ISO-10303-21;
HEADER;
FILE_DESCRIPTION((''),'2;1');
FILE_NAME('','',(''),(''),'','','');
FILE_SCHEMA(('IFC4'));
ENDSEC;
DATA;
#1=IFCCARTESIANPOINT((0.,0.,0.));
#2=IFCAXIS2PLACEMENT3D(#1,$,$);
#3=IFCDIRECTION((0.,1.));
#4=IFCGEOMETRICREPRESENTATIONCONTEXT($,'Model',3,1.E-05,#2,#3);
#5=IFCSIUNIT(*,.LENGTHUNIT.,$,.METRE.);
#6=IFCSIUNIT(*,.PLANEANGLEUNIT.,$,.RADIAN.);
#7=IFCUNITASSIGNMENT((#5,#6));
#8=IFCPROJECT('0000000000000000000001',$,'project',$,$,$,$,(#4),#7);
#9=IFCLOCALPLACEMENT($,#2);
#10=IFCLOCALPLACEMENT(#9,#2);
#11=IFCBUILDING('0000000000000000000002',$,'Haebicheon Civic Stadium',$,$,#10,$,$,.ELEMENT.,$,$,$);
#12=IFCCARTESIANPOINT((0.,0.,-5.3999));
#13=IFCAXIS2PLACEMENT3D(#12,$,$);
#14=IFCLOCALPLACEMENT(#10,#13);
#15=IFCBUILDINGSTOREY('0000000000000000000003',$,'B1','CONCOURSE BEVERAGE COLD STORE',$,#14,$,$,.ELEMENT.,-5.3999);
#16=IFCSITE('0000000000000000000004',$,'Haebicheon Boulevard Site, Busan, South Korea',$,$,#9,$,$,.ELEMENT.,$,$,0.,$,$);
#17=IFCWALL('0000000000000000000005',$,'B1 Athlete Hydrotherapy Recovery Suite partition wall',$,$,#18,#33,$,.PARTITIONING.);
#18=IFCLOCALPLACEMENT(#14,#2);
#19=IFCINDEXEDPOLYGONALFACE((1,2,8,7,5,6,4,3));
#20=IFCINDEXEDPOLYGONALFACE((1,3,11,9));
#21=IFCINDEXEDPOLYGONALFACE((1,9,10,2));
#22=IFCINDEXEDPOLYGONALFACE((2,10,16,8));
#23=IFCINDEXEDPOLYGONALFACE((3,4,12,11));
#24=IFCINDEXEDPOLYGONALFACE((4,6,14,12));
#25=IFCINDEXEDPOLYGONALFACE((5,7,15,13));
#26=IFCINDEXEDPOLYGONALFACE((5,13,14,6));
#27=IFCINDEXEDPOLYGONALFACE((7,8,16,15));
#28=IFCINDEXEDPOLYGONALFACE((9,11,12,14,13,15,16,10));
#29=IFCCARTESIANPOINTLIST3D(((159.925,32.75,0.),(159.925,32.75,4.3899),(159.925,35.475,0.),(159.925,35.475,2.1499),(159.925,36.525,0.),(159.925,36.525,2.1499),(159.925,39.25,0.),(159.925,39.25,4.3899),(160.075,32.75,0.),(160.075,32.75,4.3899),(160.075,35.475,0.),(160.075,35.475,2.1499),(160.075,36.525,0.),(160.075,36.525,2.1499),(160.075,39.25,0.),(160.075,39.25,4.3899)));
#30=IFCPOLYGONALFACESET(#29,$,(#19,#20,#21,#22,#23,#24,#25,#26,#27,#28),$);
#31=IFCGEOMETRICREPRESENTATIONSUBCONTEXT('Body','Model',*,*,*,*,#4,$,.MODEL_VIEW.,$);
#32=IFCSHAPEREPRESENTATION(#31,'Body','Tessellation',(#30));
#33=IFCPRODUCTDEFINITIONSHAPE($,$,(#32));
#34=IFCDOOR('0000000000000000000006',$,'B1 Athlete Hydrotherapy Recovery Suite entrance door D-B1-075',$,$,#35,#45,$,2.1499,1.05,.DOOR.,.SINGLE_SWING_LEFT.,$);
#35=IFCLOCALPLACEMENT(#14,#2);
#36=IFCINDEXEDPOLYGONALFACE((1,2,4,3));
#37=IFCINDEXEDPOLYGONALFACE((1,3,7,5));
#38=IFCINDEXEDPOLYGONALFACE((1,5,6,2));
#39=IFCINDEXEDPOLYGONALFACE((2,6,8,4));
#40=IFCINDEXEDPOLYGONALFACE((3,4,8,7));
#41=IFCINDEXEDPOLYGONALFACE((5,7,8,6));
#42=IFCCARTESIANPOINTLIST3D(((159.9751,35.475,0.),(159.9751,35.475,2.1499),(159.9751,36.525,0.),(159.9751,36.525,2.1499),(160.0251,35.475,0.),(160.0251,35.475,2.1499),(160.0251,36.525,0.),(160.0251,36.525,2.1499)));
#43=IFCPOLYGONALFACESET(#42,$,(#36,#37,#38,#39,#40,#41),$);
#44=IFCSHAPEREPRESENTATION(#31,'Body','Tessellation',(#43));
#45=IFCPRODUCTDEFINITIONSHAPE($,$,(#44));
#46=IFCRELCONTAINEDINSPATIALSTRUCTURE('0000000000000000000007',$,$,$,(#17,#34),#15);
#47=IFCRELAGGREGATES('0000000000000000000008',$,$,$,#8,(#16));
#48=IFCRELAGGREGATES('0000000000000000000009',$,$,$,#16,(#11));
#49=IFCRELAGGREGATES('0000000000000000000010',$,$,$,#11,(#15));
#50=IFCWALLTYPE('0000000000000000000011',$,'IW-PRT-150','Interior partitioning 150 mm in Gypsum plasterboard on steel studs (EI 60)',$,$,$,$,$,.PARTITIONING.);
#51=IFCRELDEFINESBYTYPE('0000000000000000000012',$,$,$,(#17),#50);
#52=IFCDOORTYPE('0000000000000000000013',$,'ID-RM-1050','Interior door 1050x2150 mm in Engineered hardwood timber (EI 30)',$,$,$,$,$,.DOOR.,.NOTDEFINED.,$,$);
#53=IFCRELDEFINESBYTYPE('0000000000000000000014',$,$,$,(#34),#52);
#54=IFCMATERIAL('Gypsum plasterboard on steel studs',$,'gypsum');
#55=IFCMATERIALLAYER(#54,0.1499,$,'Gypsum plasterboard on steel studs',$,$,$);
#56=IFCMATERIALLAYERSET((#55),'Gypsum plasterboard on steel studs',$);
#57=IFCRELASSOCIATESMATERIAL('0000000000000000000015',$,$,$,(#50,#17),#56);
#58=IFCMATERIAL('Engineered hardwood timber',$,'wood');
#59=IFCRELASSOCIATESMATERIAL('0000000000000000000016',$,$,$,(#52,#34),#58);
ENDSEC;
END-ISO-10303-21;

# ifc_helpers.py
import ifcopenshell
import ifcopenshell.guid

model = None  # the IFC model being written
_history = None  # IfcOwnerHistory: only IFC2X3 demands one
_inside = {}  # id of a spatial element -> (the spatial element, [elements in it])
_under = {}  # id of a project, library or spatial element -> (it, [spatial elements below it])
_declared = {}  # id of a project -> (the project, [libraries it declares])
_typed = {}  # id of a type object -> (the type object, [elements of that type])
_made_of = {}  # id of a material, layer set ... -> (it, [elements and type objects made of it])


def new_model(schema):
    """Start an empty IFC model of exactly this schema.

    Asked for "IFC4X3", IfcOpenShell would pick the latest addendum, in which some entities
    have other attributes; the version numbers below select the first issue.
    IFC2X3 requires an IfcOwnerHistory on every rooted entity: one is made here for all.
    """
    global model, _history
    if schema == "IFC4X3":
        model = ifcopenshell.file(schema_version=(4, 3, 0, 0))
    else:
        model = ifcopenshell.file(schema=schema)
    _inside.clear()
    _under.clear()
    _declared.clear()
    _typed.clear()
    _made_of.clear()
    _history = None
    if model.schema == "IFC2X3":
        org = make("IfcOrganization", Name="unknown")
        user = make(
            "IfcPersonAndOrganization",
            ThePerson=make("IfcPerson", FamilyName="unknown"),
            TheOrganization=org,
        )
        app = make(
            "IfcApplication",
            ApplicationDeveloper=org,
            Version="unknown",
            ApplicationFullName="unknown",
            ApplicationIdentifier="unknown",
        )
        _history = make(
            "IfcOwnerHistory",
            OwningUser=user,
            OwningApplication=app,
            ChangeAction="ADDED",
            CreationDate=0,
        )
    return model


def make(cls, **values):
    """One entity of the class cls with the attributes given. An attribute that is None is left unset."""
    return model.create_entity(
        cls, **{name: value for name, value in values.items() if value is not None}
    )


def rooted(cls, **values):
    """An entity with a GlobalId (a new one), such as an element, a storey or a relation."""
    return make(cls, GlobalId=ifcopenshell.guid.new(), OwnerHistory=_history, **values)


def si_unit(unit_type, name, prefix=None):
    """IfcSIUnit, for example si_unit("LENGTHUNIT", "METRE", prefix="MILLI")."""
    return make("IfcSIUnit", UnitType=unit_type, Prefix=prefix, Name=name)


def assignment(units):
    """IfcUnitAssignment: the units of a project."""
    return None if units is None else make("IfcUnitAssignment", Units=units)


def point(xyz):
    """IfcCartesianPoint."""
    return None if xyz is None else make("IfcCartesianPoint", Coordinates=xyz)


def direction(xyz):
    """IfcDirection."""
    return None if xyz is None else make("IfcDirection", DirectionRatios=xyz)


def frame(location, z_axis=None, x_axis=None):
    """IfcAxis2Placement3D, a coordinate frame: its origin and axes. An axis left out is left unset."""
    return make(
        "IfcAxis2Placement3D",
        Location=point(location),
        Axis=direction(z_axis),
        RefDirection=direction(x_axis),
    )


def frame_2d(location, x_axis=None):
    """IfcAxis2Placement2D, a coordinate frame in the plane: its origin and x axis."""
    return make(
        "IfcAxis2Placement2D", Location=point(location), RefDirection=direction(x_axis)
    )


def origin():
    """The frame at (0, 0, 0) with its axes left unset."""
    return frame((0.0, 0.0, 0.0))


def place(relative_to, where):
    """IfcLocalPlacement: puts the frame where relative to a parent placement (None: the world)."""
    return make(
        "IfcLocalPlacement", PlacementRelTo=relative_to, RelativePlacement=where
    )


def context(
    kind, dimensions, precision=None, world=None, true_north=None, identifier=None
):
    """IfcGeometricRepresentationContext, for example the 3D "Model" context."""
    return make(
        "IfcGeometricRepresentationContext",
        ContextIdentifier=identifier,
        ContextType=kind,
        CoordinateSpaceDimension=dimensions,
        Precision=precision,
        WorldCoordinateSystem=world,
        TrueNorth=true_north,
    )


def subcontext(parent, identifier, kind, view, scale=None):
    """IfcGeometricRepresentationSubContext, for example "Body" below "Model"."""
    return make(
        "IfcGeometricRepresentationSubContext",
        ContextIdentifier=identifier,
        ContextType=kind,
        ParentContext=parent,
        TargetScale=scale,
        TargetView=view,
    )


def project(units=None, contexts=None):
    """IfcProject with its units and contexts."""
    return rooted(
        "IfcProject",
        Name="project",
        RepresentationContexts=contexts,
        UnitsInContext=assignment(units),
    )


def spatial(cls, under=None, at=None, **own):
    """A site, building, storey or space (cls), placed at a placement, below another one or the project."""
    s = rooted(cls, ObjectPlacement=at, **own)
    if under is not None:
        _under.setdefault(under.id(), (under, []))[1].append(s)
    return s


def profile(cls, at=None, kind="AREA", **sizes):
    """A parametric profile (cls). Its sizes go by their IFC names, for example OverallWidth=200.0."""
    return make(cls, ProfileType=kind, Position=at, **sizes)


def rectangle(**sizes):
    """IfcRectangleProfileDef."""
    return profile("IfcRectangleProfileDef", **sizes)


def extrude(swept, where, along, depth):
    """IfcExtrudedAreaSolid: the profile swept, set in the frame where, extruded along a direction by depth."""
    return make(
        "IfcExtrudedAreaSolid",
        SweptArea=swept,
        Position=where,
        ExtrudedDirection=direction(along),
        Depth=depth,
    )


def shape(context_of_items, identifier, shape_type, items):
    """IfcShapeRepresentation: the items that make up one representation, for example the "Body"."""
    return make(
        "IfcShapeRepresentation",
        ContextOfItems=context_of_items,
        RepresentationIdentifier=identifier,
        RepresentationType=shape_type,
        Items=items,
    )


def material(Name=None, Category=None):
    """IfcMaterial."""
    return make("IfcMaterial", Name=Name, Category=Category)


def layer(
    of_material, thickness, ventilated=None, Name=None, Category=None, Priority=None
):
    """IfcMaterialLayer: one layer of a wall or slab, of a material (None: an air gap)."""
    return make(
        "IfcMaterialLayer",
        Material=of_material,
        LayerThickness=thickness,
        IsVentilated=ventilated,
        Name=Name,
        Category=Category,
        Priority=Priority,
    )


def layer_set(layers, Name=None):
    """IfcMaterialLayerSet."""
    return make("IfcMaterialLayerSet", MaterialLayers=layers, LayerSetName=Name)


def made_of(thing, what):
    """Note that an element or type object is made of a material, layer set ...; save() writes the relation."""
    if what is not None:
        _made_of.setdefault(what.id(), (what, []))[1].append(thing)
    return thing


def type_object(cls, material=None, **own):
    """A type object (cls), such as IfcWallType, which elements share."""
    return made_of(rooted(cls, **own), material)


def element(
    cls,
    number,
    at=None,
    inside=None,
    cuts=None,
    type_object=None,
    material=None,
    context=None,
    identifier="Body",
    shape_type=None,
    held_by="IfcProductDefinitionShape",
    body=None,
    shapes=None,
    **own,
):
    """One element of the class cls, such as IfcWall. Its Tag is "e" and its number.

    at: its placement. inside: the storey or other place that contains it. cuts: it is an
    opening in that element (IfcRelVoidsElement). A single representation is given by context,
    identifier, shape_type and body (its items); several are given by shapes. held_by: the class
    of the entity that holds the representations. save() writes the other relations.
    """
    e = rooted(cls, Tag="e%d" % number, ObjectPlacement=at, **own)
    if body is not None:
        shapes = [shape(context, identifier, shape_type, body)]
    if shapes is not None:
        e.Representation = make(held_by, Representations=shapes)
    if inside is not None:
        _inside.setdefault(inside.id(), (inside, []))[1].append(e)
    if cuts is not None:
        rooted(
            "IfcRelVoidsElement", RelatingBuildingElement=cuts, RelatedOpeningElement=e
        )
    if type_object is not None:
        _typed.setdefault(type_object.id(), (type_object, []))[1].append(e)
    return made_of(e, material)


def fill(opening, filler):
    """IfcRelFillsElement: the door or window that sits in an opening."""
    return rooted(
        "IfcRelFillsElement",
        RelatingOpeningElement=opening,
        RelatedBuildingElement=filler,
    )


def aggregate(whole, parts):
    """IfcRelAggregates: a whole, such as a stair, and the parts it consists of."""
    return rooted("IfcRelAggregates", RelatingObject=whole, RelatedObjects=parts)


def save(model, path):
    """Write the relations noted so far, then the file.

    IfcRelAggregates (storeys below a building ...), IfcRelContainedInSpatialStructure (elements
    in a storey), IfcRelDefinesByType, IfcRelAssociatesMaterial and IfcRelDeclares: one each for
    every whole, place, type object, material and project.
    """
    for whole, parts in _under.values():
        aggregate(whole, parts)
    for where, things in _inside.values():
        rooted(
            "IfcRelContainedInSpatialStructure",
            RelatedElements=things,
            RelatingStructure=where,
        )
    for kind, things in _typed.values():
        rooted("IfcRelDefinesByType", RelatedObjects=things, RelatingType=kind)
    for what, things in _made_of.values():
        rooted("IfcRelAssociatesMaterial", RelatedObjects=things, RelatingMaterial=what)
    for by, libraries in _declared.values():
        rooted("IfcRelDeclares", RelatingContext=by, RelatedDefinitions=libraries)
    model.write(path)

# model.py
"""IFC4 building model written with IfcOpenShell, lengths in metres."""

from ifc_helpers import new_model, si_unit, direction, frame, frame_2d, origin, place, context, subcontext, project, spatial, rectangle, extrude, material, layer, layer_set, type_object, element, fill, save


model = new_model("IFC4")

# Units and contexts
model_context = context("Model", 3, precision=1e-05, world=origin(), true_north=direction((0.0, 1.0)))
body_context = subcontext(model_context, "Body", "Model", "MODEL_VIEW")
ifc_project = project(units=[si_unit("LENGTHUNIT", "METRE"), si_unit("PLANEANGLEUNIT", "RADIAN")], contexts=[model_context])

# Site, building, storey
site_placement = place(None, origin())
site = spatial("IfcSite", under=ifc_project, at=site_placement, Name="Haebicheon Boulevard Site, Busan, South Korea", CompositionType="ELEMENT", RefElevation=0.0)
building_placement = place(site_placement, origin())
building = spatial("IfcBuilding", under=site, at=building_placement, Name="Haebicheon Civic Stadium", CompositionType="ELEMENT")
storey_placement = place(building_placement, frame((0.0, 0.0, -5.3999)))
storey = spatial("IfcBuildingStorey", under=building, at=storey_placement, Name="B1", Description="CONCOURSE BEVERAGE COLD STORE", CompositionType="ELEMENT", Elevation=-5.3999)

# Wall, opening, door
ifc_material_1 = material(Name="Gypsum plasterboard on steel studs", Category="gypsum")
ifc_layer_1 = layer(ifc_material_1, 0.1499, Name="Gypsum plasterboard on steel studs")
ifc_layer_set_1 = layer_set([ifc_layer_1], Name="Gypsum plasterboard on steel studs")
wall_type_1 = type_object("IfcWallType", Name="IW-PRT-150", Description="Interior partitioning 150 mm in Gypsum plasterboard on steel studs (EI 60)", PredefinedType="PARTITIONING", material=ifc_layer_set_1)
wall_1_placement = place(storey_placement, frame((160.0, 32.75, 0.0), z_axis=(0.0, 0.0, 1.0), x_axis=(0.0, 1.0, 0.0)))
wall_1 = element("IfcWall", 1, at=wall_1_placement, inside=storey, type_object=wall_type_1, material=ifc_layer_set_1, Name="B1 Athlete Hydrotherapy Recovery Suite partition wall", PredefinedType="PARTITIONING", context=body_context, shape_type="SweptSolid", body=[
    extrude(rectangle(XDim=6.5, YDim=0.1499, at=frame_2d((3.25, 0.0))), origin(), (0.0, 0.0, 1.0), 4.3899),
])
opening_placement = place(wall_1_placement, frame((2.7251, 0.0, 0.0)))
opening = element("IfcOpeningElement", 2, at=opening_placement, cuts=wall_1, PredefinedType="OPENING", context=body_context, shape_type="SweptSolid", body=[
    extrude(rectangle(XDim=1.05, YDim=2.1499, at=frame_2d((0.5249, 1.075))), frame((0.0, 0.085, 0.0), z_axis=(0.0, -1.0, 0.0), x_axis=(1.0, 0.0, 0.0)), (0.0, 0.0, 1.0), 0.1699),
])
ifc_material_2 = material(Name="Engineered hardwood timber", Category="wood")
door_type = type_object("IfcDoorType", Name="ID-RM-1050", Description="Interior door 1050x2150 mm in Engineered hardwood timber (EI 30)", OperationType="NOTDEFINED", PredefinedType="DOOR", material=ifc_material_2)
door_placement = place(opening_placement, origin())
door = element("IfcDoor", 3, at=door_placement, inside=storey, type_object=door_type, material=ifc_material_2, Name="B1 Athlete Hydrotherapy Recovery Suite entrance door D-B1-075", OperationType="SINGLE_SWING_LEFT", OverallHeight=2.1499, OverallWidth=1.05, PredefinedType="DOOR", context=body_context, shape_type="SweptSolid", body=[
    extrude(rectangle(XDim=1.05, YDim=2.1499, at=frame_2d((0.5249, 1.075))), frame((0.0, 0.0249, 0.0), z_axis=(0.0, -1.0, 0.0), x_axis=(1.0, 0.0, 0.0)), (0.0, 0.0, 1.0), 0.05),
])
fill(opening, door)

save(model, "model.ifc")
